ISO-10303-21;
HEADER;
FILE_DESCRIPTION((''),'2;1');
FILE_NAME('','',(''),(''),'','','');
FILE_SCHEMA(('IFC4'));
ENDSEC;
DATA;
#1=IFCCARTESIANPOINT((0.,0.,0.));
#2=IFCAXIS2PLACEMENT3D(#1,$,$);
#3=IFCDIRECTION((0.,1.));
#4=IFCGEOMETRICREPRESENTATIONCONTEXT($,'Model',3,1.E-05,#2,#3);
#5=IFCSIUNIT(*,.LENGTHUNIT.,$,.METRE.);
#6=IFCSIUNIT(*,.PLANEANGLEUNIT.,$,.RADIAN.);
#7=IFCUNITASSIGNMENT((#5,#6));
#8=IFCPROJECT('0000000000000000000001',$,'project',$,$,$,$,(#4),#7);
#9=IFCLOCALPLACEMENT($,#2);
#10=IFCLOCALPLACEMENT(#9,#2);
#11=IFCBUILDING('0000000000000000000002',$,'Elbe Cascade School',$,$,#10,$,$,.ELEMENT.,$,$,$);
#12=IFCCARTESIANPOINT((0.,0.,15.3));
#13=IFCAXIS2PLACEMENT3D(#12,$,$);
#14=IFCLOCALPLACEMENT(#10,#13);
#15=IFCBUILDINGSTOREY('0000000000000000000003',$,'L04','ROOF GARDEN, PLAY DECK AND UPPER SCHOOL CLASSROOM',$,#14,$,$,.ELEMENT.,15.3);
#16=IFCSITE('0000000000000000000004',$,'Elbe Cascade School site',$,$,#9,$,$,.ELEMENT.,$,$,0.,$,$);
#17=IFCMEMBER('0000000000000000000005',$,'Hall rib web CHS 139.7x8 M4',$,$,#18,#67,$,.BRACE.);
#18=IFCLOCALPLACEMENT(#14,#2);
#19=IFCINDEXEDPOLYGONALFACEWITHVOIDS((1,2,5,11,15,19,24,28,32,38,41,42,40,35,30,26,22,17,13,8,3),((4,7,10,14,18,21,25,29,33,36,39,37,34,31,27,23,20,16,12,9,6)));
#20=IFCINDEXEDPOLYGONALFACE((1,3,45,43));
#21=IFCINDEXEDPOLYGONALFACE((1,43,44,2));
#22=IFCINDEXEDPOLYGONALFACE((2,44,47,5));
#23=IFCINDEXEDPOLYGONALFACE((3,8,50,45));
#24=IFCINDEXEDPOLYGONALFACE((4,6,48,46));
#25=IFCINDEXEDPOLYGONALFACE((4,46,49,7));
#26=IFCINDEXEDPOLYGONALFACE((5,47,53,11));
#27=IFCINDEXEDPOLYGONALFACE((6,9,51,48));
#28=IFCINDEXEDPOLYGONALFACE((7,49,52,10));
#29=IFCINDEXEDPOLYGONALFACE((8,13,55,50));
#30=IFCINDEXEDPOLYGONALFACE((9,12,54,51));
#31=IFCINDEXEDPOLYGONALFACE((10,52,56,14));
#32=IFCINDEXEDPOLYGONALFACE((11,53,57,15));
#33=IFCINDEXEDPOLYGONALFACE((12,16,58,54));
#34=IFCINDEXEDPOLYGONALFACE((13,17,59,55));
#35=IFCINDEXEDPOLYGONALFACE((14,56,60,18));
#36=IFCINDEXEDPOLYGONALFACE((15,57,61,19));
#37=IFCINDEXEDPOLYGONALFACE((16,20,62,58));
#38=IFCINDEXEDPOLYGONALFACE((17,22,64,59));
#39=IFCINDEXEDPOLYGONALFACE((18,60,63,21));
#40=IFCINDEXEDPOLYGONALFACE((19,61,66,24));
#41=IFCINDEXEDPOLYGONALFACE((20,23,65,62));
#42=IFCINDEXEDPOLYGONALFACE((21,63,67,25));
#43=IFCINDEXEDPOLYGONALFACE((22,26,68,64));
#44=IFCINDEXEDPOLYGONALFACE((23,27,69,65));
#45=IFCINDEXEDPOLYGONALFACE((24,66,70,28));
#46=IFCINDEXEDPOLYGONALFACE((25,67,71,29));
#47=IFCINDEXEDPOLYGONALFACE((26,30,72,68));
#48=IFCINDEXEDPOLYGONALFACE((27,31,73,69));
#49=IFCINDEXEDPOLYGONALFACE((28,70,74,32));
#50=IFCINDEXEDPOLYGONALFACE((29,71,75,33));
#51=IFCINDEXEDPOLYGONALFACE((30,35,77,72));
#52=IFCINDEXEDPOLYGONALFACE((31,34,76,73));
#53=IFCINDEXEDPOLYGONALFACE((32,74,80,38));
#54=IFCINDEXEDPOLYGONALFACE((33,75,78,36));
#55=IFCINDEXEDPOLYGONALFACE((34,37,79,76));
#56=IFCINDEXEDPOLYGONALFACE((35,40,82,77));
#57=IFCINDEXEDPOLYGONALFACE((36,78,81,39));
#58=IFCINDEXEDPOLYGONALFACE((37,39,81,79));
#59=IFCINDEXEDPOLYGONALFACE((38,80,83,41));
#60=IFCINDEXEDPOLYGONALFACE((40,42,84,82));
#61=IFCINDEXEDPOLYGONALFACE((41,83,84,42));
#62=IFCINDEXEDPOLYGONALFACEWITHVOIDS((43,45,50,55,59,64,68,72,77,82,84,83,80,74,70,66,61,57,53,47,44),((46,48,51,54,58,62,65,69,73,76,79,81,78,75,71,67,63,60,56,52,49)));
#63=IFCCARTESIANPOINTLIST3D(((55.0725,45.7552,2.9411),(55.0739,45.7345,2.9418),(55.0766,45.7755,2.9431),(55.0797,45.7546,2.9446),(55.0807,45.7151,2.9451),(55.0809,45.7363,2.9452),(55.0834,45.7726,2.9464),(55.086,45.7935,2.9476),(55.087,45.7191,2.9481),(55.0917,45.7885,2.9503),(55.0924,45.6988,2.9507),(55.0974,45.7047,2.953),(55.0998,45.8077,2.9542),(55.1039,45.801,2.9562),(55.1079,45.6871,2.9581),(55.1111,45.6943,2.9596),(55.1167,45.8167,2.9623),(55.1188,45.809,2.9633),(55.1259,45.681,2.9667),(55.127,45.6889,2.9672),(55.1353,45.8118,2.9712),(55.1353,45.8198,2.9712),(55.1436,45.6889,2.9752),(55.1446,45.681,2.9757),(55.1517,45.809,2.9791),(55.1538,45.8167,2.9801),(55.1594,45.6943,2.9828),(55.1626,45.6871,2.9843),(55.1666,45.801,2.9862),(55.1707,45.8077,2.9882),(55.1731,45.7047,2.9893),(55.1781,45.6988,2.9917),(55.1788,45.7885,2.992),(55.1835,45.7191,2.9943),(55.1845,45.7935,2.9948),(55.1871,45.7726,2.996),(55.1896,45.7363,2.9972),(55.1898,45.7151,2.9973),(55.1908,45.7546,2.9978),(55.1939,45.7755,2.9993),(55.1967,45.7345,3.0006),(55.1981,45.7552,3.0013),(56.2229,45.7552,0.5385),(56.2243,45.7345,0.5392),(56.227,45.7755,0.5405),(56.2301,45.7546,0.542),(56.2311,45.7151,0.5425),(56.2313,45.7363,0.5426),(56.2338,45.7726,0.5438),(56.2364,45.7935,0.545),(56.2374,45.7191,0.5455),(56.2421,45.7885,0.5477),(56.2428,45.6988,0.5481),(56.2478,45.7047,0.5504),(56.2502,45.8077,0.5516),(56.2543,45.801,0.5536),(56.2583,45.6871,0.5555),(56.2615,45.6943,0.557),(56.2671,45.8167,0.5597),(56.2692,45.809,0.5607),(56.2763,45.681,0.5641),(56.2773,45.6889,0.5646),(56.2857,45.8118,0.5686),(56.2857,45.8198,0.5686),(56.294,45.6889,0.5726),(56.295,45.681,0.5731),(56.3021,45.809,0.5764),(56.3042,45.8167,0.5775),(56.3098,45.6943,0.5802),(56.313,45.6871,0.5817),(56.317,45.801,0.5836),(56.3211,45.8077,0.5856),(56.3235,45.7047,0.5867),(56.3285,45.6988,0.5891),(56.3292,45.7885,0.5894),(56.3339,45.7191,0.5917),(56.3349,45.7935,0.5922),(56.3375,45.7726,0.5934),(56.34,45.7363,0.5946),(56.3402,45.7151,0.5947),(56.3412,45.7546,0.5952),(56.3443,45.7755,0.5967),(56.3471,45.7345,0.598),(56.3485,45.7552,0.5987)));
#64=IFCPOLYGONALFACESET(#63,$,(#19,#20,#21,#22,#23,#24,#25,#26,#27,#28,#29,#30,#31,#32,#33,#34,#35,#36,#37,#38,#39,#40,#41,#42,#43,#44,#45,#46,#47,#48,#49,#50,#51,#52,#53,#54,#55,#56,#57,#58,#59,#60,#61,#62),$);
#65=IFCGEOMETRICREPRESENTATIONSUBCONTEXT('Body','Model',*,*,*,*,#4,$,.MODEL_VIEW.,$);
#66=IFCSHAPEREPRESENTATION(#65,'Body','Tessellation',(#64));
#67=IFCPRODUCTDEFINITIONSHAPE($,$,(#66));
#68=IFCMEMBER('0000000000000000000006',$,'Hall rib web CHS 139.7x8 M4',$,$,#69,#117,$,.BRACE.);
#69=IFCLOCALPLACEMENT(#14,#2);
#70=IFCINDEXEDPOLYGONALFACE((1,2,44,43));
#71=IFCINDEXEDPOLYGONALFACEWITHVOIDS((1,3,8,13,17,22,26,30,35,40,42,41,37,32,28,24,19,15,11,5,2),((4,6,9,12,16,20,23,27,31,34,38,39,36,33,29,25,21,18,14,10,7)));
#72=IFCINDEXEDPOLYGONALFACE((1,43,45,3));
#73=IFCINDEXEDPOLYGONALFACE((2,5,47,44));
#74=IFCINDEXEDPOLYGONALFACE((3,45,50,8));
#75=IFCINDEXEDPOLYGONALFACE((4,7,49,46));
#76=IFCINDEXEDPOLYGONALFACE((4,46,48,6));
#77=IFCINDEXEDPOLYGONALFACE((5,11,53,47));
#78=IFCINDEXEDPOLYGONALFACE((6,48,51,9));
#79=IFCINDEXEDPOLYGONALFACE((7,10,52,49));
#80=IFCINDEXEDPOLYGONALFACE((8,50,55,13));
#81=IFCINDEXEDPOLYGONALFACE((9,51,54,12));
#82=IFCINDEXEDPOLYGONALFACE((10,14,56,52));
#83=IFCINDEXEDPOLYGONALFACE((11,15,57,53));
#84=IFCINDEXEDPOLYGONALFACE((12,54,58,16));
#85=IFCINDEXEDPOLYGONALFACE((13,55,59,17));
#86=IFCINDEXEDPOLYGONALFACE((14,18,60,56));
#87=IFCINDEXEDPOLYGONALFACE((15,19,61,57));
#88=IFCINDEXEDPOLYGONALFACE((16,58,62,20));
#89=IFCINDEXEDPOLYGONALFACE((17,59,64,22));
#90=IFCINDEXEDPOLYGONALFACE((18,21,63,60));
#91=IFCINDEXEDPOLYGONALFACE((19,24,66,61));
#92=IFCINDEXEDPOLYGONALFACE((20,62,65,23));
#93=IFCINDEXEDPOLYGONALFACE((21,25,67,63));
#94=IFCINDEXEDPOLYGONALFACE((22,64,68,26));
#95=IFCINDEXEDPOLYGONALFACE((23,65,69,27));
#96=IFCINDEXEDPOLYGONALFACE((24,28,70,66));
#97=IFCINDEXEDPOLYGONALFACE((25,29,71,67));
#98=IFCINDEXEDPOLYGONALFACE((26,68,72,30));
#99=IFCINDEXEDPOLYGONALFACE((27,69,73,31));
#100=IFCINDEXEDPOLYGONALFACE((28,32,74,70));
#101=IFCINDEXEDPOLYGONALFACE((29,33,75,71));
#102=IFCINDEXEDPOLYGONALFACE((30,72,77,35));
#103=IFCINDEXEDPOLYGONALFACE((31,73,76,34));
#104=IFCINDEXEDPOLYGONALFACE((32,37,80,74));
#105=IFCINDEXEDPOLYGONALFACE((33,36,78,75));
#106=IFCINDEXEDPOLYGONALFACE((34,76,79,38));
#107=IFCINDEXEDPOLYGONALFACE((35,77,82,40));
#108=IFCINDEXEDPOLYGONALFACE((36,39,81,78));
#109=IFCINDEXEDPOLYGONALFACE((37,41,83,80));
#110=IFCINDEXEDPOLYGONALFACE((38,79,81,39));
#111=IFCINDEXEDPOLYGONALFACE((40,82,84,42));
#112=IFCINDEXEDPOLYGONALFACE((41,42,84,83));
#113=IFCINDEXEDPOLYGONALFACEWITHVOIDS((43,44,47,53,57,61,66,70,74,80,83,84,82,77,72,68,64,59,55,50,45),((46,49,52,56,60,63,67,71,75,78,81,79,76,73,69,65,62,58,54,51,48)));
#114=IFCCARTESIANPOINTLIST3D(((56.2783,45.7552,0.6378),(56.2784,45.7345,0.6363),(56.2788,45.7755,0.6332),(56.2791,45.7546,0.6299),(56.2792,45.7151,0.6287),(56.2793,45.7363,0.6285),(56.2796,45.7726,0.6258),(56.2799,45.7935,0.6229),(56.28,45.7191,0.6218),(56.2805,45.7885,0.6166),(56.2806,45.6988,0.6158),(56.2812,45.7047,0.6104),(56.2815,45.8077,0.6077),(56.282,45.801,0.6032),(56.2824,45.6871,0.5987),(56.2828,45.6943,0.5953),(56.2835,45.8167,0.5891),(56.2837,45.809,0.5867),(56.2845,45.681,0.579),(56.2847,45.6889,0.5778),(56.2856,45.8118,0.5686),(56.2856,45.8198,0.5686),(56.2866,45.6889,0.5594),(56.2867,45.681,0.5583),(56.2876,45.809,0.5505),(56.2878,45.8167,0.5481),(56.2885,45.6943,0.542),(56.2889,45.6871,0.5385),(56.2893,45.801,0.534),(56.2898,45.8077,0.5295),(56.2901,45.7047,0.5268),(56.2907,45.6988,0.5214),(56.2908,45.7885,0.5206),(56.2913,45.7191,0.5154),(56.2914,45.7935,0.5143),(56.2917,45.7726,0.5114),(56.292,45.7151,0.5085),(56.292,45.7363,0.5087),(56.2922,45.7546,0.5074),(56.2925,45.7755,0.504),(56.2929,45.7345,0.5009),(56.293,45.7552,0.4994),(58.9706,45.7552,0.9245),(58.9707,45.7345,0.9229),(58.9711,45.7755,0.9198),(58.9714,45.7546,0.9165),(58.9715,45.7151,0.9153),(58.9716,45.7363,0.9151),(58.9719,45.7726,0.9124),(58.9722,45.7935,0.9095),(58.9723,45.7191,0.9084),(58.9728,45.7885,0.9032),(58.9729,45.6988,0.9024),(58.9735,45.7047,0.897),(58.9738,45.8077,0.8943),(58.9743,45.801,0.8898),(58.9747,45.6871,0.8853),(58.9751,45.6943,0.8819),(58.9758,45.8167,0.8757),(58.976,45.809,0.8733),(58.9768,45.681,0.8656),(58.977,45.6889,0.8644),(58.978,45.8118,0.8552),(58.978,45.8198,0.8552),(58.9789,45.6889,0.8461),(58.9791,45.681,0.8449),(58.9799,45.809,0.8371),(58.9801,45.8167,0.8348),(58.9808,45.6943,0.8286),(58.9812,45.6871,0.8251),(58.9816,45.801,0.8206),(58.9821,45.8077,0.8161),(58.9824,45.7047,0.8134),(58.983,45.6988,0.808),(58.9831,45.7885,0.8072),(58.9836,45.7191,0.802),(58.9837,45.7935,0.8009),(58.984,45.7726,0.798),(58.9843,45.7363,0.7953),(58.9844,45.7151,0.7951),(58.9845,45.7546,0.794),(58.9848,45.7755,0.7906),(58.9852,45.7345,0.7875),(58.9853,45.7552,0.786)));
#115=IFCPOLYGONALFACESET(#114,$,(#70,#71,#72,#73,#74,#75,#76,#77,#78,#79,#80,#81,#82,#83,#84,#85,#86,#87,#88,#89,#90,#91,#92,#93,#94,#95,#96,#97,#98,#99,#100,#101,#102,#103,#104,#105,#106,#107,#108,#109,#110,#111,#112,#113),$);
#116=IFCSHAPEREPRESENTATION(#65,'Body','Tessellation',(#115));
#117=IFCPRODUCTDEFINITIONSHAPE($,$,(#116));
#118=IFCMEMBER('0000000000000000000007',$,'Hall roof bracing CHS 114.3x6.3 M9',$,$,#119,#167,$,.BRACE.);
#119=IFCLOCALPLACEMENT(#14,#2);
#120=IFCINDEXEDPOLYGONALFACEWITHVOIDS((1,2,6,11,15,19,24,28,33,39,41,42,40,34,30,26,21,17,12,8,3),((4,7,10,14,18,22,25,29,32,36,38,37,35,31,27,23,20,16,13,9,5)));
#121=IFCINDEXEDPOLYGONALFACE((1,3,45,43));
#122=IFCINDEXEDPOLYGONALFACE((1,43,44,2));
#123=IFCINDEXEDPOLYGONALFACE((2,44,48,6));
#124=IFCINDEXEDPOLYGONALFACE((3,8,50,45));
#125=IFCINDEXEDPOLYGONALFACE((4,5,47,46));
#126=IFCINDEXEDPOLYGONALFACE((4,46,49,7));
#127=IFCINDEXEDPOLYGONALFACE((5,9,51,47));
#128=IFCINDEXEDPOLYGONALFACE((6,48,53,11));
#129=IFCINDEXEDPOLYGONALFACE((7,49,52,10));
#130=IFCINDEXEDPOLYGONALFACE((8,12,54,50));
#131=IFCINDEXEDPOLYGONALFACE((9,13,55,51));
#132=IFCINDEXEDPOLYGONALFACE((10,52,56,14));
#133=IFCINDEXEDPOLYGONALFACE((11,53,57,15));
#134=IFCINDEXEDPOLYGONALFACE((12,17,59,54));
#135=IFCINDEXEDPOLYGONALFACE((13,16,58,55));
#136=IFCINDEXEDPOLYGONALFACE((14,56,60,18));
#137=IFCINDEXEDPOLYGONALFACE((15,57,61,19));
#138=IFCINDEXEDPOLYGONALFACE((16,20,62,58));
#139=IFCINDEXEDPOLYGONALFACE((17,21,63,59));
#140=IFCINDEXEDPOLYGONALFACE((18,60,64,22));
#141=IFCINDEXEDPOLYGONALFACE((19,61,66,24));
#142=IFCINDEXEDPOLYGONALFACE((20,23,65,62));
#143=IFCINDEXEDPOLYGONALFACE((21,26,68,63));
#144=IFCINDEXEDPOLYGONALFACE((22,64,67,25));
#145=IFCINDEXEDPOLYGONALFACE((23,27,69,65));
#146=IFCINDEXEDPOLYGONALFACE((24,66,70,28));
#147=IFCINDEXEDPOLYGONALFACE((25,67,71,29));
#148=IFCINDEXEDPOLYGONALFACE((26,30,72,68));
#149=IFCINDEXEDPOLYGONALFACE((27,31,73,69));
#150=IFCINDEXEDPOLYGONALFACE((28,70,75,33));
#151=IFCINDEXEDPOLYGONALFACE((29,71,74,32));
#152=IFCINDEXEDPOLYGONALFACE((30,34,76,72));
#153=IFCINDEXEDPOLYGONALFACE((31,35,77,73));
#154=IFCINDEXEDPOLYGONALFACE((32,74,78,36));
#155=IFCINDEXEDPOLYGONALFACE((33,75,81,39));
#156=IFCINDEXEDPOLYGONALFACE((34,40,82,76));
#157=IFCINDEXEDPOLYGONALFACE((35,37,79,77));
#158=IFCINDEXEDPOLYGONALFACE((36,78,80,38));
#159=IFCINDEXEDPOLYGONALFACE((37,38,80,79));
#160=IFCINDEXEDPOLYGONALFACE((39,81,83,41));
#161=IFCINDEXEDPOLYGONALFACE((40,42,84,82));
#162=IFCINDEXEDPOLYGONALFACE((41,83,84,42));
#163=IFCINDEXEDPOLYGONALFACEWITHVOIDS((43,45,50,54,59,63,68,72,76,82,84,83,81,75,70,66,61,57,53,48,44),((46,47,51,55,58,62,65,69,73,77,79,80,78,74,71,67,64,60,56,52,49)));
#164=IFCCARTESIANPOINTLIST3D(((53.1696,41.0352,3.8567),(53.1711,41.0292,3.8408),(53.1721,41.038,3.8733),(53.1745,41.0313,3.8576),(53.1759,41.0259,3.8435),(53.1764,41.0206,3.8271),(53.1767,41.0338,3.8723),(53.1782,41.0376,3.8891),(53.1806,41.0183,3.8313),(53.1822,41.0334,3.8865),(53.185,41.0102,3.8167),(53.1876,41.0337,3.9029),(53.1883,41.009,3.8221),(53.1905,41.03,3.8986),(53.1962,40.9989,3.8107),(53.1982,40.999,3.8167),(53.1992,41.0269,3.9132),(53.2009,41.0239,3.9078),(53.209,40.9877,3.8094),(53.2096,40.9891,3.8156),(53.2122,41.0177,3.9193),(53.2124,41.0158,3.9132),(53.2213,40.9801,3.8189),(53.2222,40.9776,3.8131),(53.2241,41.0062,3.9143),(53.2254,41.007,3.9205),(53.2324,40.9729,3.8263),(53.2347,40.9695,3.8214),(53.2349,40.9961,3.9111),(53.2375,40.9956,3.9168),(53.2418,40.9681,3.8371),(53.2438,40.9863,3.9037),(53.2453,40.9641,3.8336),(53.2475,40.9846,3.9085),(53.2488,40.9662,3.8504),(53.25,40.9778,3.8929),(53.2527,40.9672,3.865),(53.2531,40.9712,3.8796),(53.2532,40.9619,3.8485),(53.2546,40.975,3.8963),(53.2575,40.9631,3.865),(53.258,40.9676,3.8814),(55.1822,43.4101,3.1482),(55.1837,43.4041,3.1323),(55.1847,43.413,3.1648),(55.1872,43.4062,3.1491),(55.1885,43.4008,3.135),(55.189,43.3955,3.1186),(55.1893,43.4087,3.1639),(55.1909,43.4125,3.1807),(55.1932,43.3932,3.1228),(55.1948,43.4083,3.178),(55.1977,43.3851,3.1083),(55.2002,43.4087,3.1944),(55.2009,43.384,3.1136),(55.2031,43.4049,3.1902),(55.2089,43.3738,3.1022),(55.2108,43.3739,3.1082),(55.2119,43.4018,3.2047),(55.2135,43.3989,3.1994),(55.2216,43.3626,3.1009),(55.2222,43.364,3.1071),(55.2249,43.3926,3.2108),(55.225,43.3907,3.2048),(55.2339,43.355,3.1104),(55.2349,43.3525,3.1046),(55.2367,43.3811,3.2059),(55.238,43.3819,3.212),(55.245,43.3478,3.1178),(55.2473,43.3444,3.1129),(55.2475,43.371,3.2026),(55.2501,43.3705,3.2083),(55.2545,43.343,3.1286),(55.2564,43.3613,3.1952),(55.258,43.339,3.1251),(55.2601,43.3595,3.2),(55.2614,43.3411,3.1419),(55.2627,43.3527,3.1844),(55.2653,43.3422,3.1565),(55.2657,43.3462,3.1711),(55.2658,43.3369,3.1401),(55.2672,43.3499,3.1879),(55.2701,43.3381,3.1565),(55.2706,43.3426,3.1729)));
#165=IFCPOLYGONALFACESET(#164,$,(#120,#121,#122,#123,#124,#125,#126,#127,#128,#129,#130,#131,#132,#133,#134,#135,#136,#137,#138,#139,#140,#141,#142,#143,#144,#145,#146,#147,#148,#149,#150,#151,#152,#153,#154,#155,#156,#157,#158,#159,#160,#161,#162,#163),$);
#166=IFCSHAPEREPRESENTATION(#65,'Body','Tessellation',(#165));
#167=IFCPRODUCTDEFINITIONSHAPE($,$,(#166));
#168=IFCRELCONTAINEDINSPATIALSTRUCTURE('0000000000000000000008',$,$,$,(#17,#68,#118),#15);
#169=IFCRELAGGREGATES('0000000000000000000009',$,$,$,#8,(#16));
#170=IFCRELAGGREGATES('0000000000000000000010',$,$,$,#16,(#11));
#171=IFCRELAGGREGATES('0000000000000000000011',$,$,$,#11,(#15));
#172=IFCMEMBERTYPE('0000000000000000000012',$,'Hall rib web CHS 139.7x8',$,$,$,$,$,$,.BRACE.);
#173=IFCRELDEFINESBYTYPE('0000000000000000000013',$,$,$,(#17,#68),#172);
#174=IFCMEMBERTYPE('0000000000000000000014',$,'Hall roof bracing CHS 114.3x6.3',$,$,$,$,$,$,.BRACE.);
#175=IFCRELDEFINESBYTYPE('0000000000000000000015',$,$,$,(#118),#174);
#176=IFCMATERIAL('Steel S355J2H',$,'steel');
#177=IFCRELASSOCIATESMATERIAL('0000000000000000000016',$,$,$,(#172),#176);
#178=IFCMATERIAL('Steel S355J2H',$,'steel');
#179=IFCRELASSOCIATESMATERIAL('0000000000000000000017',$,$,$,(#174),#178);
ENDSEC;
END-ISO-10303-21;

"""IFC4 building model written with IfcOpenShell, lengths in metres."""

from ifc_helpers import new_model, si_unit, direction, frame, origin, origin_2d, place, context, subcontext, project, spatial, hollow_circle, extrude, material, material_profile, profile_set, type_object, element, save


model = new_model("IFC4")

# Units and contexts
model_context = context("Model", 3, precision=1e-05, world=origin(), true_north=direction((0.0, 1.0)))
body_context = subcontext(model_context, "Body", "Model", "MODEL_VIEW")
ifc_project = project(units=[si_unit("LENGTHUNIT", "METRE"), si_unit("PLANEANGLEUNIT", "RADIAN")], contexts=[model_context])

# Site, building, storey
site_placement = place(None, origin())
site = spatial("IfcSite", under=ifc_project, at=site_placement, Name="Elbe Cascade School site", CompositionType="ELEMENT", RefElevation=0.0)
building_placement = place(site_placement, origin())
building = spatial("IfcBuilding", under=site, at=building_placement, Name="Elbe Cascade School", CompositionType="ELEMENT")
storey_placement = place(building_placement, frame((0.0, 0.0, 15.3)))
storey = spatial("IfcBuildingStorey", under=building, at=storey_placement, Name="L04", Description="ROOF GARDEN, PLAY DECK AND UPPER SCHOOL CLASSROOM", CompositionType="ELEMENT", Elevation=15.3)

# Members
ifc_material_1 = material(Name="Steel S355J2H", Category="steel")
ifc_material_profile_1 = material_profile(ifc_material_1, hollow_circle(Radius=0.0698, WallThickness=0.0081, at=origin_2d()), Name="CHS 139.7x8")
ifc_profile_set_1 = profile_set([ifc_material_profile_1], Name="Steel S355J2H")
member_type_1 = type_object("IfcMemberType", Name="Hall rib web CHS 139.7x8", PredefinedType="BRACE", material=ifc_profile_set_1)
member_1_placement = place(storey_placement, frame((55.1353, 45.75, 2.9712), z_axis=(0.431861, 0.0, -0.90194), x_axis=(0.0, 1.0, 0.0)))
element("IfcMember", 1, at=member_1_placement, inside=storey, type_object=member_type_1, Name="Hall rib web CHS 139.7x8 M4", PredefinedType="BRACE", context=body_context, shape_type="SweptSolid", body=[
    extrude(hollow_circle(Radius=0.0698, WallThickness=0.0081, at=origin_2d()), origin(), (0.0, 0.0, 1.0), 2.6638),
])
member_2_placement = place(storey_placement, frame((56.2856, 45.75, 0.5686), z_axis=(0.994381, 0.0, 0.105858), x_axis=(0.0, 1.0, 0.0)))
element("IfcMember", 2, at=member_2_placement, inside=storey, type_object=member_type_1, Name="Hall rib web CHS 139.7x8 M4", PredefinedType="BRACE", context=body_context, shape_type="SweptSolid", body=[
    extrude(hollow_circle(Radius=0.0698, WallThickness=0.0081, at=origin_2d()), origin(), (0.0, 0.0, 1.0), 2.7075),
])
ifc_material_2 = material(Name="Steel S355J2H", Category="steel")
ifc_material_profile_2 = material_profile(ifc_material_2, hollow_circle(Radius=0.0571, WallThickness=0.0063, at=origin_2d()), Name="CHS 114.3x6.3")
ifc_profile_set_2 = profile_set([ifc_material_profile_2], Name="Steel S355J2H")
member_type_2 = type_object("IfcMemberType", Name="Hall roof bracing CHS 114.3x6.3", PredefinedType="BRACE", material=ifc_profile_set_2)
member_3_placement = place(storey_placement, frame((55.2266, 43.375, 3.1565), z_axis=(-0.630399, -0.743877, 0.221909), x_axis=(0.762898, -0.646519, 0.0)))
element("IfcMember", 3, at=member_3_placement, inside=storey, type_object=member_type_2, Name="Hall roof bracing CHS 114.3x6.3 M9", PredefinedType="BRACE", context=body_context, shape_type="SweptSolid", body=[
    extrude(hollow_circle(Radius=0.0571, WallThickness=0.0063, at=origin_2d()), origin(), (0.0, 0.0, 1.0), 3.1926),
])

save(model, "model.ifc")
